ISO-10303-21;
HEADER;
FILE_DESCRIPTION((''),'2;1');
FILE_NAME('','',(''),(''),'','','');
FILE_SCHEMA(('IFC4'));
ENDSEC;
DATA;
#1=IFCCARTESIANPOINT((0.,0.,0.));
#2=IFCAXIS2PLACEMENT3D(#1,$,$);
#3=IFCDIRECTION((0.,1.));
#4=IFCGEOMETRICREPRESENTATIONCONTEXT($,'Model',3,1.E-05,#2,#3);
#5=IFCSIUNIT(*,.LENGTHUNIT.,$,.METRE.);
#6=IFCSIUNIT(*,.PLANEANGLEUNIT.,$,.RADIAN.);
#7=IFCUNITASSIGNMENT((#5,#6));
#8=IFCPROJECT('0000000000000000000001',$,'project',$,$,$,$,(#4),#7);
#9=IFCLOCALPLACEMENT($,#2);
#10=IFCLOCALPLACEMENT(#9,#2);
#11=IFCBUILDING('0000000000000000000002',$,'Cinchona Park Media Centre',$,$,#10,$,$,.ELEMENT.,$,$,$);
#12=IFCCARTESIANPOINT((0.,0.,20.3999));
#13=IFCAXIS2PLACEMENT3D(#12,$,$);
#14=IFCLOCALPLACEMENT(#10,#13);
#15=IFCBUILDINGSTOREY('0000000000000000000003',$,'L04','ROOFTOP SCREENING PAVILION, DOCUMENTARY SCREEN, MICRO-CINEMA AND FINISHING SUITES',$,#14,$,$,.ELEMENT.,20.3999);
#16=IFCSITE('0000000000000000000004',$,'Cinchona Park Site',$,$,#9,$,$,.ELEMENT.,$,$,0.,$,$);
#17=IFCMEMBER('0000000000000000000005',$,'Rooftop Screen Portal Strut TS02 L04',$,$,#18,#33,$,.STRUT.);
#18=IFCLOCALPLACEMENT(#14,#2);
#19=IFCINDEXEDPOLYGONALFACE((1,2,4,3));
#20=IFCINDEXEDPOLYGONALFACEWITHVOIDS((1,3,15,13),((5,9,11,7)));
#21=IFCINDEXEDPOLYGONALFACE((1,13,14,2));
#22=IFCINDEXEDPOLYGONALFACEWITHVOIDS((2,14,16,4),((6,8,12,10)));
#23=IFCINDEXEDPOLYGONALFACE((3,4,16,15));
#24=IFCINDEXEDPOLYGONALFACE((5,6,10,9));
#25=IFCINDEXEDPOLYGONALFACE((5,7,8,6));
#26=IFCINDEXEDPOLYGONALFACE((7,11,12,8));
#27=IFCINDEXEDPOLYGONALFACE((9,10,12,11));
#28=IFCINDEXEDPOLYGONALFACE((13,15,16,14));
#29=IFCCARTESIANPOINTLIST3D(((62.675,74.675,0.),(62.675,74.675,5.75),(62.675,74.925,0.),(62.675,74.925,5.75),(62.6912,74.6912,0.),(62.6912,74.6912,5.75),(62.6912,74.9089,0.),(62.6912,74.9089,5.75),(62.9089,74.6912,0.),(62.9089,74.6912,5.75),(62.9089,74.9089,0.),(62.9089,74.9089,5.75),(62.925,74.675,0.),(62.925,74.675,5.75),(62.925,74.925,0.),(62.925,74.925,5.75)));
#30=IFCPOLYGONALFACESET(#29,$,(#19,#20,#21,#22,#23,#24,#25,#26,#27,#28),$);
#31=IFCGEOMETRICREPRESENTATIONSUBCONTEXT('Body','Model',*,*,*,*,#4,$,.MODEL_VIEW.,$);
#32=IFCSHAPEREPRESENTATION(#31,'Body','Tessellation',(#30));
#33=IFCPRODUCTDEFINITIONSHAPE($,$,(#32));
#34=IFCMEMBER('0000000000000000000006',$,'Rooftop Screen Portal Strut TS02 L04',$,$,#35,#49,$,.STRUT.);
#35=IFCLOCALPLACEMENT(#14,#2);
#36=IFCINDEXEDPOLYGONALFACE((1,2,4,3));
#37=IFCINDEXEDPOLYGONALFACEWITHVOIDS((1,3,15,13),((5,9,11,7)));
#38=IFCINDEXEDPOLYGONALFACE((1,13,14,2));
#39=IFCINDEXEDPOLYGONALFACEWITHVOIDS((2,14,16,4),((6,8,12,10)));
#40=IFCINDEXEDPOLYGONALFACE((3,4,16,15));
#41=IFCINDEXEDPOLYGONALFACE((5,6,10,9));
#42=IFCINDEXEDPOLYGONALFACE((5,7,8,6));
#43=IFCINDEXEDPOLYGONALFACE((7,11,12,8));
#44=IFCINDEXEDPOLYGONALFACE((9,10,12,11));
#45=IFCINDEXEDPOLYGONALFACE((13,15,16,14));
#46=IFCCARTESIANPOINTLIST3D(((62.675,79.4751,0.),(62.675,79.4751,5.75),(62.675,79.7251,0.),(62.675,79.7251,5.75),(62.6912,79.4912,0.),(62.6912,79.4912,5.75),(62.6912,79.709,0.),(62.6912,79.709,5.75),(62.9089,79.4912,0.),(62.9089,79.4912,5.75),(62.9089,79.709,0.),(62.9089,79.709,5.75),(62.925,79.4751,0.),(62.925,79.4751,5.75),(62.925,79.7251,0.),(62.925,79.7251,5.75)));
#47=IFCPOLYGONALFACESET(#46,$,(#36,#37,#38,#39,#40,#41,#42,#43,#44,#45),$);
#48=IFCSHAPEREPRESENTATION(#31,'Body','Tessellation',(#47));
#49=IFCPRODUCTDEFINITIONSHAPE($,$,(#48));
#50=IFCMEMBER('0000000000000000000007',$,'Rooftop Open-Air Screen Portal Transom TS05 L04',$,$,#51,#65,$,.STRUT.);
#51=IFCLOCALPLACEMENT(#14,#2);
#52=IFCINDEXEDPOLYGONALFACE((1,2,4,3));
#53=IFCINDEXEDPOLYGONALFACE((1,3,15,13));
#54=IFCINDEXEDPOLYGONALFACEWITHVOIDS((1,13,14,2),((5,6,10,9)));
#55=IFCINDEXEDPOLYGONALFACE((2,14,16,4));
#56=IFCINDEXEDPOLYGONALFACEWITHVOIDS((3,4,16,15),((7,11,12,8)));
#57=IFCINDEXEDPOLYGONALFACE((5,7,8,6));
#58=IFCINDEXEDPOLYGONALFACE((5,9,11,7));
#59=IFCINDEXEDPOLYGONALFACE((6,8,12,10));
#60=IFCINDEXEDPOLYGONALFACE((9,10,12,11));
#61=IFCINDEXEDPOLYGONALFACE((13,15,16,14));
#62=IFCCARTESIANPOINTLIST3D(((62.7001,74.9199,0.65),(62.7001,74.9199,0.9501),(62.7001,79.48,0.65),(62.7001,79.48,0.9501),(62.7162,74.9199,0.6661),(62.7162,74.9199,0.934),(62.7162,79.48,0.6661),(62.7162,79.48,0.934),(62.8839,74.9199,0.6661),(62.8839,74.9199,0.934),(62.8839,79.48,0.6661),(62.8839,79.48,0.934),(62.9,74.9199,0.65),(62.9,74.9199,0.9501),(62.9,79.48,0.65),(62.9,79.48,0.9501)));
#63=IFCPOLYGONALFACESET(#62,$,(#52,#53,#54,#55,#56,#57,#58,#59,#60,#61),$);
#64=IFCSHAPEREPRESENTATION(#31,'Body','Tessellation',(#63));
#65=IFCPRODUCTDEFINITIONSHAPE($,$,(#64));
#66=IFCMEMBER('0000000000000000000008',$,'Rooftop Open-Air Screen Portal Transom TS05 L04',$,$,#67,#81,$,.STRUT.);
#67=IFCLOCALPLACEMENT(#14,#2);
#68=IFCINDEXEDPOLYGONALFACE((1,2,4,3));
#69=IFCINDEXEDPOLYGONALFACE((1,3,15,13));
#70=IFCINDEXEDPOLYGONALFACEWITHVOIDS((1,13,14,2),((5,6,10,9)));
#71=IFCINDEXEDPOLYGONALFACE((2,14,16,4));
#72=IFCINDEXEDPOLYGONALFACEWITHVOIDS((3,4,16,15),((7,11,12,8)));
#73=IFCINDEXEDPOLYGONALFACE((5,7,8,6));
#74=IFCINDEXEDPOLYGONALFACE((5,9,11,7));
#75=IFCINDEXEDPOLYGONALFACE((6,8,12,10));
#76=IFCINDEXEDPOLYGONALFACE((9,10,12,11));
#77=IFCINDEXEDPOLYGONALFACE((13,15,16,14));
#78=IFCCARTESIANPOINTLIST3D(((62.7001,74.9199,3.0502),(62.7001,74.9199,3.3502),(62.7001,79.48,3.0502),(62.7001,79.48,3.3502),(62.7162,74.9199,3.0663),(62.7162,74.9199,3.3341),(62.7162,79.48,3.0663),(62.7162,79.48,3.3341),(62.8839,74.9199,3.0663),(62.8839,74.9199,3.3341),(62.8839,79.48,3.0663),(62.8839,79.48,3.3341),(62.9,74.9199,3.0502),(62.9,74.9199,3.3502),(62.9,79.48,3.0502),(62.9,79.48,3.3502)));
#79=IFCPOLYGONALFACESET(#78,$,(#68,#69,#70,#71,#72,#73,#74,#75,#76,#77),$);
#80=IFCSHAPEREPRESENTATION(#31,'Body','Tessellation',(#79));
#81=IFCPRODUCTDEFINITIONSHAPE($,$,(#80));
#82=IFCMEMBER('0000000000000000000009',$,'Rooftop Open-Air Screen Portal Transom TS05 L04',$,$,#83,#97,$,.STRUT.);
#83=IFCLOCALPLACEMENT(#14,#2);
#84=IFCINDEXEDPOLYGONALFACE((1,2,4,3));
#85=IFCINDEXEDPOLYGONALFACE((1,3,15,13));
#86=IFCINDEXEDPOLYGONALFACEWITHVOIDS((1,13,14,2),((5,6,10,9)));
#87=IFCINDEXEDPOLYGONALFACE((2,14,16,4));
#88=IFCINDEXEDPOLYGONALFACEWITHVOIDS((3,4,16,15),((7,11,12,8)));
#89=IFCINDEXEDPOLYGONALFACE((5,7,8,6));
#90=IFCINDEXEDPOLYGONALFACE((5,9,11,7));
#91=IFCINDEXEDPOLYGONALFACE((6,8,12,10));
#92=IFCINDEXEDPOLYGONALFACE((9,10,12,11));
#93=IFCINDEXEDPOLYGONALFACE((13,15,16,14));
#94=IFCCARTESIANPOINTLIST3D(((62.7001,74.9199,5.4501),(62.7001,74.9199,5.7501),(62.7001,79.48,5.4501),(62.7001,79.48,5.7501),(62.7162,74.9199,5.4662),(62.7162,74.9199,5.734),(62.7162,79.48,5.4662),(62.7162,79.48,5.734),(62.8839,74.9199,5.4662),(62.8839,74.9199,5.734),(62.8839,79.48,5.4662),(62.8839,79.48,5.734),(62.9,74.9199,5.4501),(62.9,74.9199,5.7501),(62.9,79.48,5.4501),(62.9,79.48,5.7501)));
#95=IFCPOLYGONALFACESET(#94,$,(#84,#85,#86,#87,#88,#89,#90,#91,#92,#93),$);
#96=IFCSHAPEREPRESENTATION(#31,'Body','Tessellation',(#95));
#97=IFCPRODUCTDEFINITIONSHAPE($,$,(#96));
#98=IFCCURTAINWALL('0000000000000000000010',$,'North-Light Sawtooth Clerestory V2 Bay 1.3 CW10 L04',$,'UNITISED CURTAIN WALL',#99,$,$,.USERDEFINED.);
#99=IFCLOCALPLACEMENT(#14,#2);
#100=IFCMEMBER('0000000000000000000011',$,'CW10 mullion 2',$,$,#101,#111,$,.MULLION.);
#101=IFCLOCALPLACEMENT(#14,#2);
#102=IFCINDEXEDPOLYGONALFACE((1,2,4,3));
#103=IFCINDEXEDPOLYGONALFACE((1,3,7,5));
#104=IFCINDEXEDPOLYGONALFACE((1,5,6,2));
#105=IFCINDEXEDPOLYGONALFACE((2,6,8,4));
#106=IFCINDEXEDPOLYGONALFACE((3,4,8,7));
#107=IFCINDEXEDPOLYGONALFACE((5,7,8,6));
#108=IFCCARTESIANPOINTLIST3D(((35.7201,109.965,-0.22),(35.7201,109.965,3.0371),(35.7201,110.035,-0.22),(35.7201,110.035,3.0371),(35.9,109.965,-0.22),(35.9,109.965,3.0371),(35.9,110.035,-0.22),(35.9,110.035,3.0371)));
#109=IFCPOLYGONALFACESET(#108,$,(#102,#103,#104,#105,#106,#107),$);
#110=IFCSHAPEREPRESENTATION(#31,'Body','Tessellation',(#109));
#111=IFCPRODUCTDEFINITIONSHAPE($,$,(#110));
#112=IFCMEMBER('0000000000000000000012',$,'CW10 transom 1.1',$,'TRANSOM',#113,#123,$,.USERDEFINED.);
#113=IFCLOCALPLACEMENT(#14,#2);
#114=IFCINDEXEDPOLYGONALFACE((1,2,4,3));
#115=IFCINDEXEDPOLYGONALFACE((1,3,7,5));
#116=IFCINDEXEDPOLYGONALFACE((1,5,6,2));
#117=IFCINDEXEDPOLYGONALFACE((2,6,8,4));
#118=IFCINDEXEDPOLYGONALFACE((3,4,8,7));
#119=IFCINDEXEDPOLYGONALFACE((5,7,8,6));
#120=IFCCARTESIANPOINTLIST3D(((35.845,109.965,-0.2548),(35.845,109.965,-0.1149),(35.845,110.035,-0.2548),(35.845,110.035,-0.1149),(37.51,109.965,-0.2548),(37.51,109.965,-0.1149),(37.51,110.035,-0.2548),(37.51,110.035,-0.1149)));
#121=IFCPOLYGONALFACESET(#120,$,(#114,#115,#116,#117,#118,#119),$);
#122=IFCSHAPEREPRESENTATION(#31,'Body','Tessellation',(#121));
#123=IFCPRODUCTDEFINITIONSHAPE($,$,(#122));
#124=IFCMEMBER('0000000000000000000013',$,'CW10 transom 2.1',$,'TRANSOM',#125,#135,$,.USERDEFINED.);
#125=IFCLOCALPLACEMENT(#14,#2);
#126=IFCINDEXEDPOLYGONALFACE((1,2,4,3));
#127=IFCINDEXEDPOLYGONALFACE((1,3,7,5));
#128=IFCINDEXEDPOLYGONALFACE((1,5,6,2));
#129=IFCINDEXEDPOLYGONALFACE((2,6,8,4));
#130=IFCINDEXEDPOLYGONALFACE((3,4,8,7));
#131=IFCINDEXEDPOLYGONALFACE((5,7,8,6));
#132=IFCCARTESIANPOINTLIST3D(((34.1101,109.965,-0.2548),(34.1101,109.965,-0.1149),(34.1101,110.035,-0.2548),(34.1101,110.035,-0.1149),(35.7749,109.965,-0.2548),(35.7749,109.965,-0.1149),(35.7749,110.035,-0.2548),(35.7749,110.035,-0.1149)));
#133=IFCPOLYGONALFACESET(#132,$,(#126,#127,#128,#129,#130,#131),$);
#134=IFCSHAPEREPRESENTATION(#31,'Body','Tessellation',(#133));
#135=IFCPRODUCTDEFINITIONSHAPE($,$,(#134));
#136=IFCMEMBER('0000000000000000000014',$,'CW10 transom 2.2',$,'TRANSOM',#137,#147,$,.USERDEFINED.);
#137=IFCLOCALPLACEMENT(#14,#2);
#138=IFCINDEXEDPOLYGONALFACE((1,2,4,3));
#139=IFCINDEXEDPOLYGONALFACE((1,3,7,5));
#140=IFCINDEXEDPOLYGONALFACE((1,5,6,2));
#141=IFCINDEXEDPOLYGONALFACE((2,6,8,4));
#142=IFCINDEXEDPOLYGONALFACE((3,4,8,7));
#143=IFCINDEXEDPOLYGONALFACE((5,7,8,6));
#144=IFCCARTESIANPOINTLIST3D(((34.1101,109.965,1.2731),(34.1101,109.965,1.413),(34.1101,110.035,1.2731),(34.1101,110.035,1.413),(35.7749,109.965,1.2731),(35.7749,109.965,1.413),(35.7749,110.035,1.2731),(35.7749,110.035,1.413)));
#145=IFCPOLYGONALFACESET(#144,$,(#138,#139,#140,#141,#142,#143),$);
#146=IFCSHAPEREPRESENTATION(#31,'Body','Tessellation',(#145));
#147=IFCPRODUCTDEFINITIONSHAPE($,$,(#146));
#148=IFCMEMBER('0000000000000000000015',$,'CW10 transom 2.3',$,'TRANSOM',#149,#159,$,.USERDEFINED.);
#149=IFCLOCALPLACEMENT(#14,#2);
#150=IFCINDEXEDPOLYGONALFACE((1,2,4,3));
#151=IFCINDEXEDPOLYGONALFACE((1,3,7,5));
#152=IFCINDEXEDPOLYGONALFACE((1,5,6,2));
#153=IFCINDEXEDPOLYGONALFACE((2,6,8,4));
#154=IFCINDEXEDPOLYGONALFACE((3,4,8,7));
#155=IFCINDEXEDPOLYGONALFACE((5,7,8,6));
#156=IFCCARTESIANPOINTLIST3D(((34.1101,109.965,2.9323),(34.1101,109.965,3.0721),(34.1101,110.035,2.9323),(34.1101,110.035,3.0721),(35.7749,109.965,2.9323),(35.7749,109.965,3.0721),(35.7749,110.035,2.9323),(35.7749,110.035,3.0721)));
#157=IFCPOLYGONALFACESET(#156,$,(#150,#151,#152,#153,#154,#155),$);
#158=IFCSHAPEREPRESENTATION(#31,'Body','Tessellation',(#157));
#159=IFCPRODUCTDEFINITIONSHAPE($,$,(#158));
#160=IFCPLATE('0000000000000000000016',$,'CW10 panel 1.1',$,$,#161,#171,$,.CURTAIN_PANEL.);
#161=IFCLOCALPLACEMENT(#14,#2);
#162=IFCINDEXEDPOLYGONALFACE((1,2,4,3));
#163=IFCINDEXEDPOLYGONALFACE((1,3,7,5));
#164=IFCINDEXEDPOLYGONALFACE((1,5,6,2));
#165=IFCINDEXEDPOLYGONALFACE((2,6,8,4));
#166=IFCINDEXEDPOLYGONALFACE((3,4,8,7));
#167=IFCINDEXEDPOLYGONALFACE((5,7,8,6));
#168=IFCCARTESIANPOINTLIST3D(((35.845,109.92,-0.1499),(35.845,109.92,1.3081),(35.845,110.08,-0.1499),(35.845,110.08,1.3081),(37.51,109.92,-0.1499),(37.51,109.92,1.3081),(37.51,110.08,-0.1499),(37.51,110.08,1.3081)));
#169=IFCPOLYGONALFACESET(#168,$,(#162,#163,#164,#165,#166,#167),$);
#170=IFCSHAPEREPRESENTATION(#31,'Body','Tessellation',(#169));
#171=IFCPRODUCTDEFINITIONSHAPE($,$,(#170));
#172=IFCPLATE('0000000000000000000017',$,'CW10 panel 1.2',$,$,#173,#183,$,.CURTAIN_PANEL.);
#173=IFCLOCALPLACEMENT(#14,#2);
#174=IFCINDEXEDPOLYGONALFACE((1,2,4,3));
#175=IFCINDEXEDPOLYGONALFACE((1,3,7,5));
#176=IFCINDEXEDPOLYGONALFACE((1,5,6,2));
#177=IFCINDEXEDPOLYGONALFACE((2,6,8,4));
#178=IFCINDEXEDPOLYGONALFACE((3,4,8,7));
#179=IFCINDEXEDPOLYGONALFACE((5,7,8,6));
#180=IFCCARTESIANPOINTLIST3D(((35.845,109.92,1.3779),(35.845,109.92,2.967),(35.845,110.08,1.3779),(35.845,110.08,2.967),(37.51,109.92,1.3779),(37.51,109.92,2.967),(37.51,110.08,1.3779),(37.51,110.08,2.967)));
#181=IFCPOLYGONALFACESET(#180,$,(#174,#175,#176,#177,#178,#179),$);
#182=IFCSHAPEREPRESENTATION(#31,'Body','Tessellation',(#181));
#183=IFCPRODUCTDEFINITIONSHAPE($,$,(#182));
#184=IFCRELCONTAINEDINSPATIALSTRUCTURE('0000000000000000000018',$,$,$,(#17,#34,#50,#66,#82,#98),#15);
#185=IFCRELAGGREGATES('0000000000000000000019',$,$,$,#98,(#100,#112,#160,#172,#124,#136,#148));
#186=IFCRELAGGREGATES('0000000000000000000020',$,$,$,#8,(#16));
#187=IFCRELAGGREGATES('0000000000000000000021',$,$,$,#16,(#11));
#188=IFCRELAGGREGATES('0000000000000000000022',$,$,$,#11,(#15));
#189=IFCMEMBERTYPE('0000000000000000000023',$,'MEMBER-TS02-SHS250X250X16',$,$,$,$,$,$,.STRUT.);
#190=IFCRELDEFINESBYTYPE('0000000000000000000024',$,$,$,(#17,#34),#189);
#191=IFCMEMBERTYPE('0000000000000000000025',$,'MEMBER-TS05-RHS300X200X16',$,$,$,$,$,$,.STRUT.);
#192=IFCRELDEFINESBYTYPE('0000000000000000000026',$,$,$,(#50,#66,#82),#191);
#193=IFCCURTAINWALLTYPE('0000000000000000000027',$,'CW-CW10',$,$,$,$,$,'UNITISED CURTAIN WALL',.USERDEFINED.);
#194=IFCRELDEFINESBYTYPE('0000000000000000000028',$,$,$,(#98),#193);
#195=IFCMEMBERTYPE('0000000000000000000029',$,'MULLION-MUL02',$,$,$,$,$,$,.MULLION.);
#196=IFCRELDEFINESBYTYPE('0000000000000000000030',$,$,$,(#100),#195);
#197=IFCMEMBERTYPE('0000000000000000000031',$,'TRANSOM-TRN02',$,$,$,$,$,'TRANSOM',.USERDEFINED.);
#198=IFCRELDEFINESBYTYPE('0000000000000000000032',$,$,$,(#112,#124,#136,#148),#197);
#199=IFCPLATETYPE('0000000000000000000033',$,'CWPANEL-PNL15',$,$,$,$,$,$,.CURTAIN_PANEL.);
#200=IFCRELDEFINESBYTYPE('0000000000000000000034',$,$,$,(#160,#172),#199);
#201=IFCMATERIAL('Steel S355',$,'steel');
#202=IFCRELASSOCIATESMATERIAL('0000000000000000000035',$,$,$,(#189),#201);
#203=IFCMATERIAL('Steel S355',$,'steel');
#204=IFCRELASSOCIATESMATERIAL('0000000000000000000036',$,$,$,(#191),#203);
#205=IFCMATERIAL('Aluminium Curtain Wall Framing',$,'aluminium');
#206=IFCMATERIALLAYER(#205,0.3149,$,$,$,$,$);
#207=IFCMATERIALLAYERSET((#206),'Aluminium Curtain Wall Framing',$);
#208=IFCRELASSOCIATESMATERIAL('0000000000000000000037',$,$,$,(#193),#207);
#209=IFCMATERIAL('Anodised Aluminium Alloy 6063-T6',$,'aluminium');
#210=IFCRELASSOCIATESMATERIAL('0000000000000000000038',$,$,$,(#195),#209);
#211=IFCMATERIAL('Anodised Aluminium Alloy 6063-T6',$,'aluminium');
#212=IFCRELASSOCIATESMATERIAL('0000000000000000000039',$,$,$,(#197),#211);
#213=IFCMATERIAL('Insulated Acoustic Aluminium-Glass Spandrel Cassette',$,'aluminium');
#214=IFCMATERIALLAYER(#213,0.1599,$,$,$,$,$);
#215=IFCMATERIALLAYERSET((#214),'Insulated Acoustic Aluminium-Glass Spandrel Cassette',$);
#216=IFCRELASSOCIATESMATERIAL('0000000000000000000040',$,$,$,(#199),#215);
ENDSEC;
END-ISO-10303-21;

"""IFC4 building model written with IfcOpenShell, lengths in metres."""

from ifc_helpers import new_model, si_unit, direction, frame, origin, origin_2d, place, context, subcontext, project, spatial, rectangle, hollow_rectangle, extrude, material, layer, layer_set, material_profile, profile_set, type_object, element, aggregate, save


model = new_model("IFC4")

# Units and contexts
model_context = context("Model", 3, precision=1e-05, world=origin(), true_north=direction((0.0, 1.0)))
body_context = subcontext(model_context, "Body", "Model", "MODEL_VIEW")
ifc_project = project(units=[si_unit("LENGTHUNIT", "METRE"), si_unit("PLANEANGLEUNIT", "RADIAN")], contexts=[model_context])

# Site, building, storey
site_placement = place(None, origin())
site = spatial("IfcSite", under=ifc_project, at=site_placement, Name="Cinchona Park Site", CompositionType="ELEMENT", RefElevation=0.0)
building_placement = place(site_placement, origin())
building = spatial("IfcBuilding", under=site, at=building_placement, Name="Cinchona Park Media Centre", CompositionType="ELEMENT")
storey_placement = place(building_placement, frame((0.0, 0.0, 20.3999)))
storey = spatial("IfcBuildingStorey", under=building, at=storey_placement, Name="L04", Description="ROOFTOP SCREENING PAVILION, DOCUMENTARY SCREEN, MICRO-CINEMA AND FINISHING SUITES", CompositionType="ELEMENT", Elevation=20.3999)

# Members
ifc_material_1 = material(Name="Steel S355", Category="steel")
ifc_material_profile_1 = material_profile(ifc_material_1, hollow_rectangle(XDim=0.25, YDim=0.25, WallThickness=0.0161, at=origin_2d()), Name="250X250X16SHS")
ifc_profile_set_1 = profile_set([ifc_material_profile_1], Name="Steel S355")
member_type_1 = type_object("IfcMemberType", Name="MEMBER-TS02-SHS250X250X16", PredefinedType="STRUT", material=ifc_profile_set_1)
for number, where, z_axis, x_axis, name in (
    (1, (62.8, 74.8, 0.0), (0.0, 0.0, 1.0), (1.0, 0.0, 0.0), "Rooftop Screen Portal Strut TS02 L04"),
    (2, (62.8, 79.6001, 0.0), (0.0, 0.0, 1.0), (1.0, 0.0, 0.0), "Rooftop Screen Portal Strut TS02 L04"),
):
    element("IfcMember", number, at=place(storey_placement, frame(where, z_axis=z_axis, x_axis=x_axis)), inside=storey, type_object=member_type_1, Name=name, PredefinedType="STRUT", context=body_context, shape_type="SweptSolid", body=[
        extrude(hollow_rectangle(XDim=0.25, YDim=0.25, WallThickness=0.0161, at=origin_2d()), origin(), (0.0, 0.0, 1.0), 5.75),
    ])
ifc_material_2 = material(Name="Steel S355", Category="steel")
ifc_material_profile_2 = material_profile(ifc_material_2, hollow_rectangle(XDim=0.2, YDim=0.3, WallThickness=0.0161, at=origin_2d()), Name="300X200X16RHS")
ifc_profile_set_2 = profile_set([ifc_material_profile_2], Name="Steel S355")
member_type_2 = type_object("IfcMemberType", Name="MEMBER-TS05-RHS300X200X16", PredefinedType="STRUT", material=ifc_profile_set_2)
for number, where, z_axis, x_axis, name in (
    (3, (62.8, 74.9199, 0.8), (0.0, 1.0, 0.0), (-1.0, 0.0, 0.0), "Rooftop Open-Air Screen Portal Transom TS05 L04"),
    (4, (62.8, 74.9199, 3.2002), (0.0, 1.0, 0.0), (-1.0, 0.0, 0.0), "Rooftop Open-Air Screen Portal Transom TS05 L04"),
    (5, (62.8, 74.9199, 5.6001), (0.0, 1.0, 0.0), (-1.0, 0.0, 0.0), "Rooftop Open-Air Screen Portal Transom TS05 L04"),
):
    element("IfcMember", number, at=place(storey_placement, frame(where, z_axis=z_axis, x_axis=x_axis)), inside=storey, type_object=member_type_2, Name=name, PredefinedType="STRUT", context=body_context, shape_type="SweptSolid", body=[
        extrude(hollow_rectangle(XDim=0.2, YDim=0.3, WallThickness=0.0161, at=origin_2d()), origin(), (0.0, 0.0, 1.0), 4.5601),
    ])

# Curtain wall, members, plates
ifc_material_3 = material(Name="Aluminium Curtain Wall Framing", Category="aluminium")
ifc_layer_1 = layer(ifc_material_3, 0.3149)
ifc_layer_set_1 = layer_set([ifc_layer_1], Name="Aluminium Curtain Wall Framing")
curtain_wall_type = type_object("IfcCurtainWallType", Name="CW-CW10", ElementType="UNITISED CURTAIN WALL", PredefinedType="USERDEFINED", material=ifc_layer_set_1)
curtain_wall_placement = place(storey_placement, origin())
curtain_wall = element("IfcCurtainWall", 6, at=curtain_wall_placement, inside=storey, type_object=curtain_wall_type, Name="North-Light Sawtooth Clerestory V2 Bay 1.3 CW10 L04", ObjectType="UNITISED CURTAIN WALL", PredefinedType="USERDEFINED")
ifc_material_4 = material(Name="Anodised Aluminium Alloy 6063-T6", Category="aluminium")
ifc_material_profile_3 = material_profile(ifc_material_4, rectangle(XDim=0.0701, YDim=0.1799, at=origin_2d()), Name="MUL-70X180")
ifc_profile_set_3 = profile_set([ifc_material_profile_3], Name="Anodised Aluminium Alloy 6063-T6")
member_type_3 = type_object("IfcMemberType", Name="MULLION-MUL02", PredefinedType="MULLION", material=ifc_profile_set_3)
member_1_placement = place(storey_placement, frame((35.8101, 110.0, -0.22), z_axis=(0.0, 0.0, 1.0), x_axis=(0.0, -1.0, 0.0)))
member_1 = element("IfcMember", 7, at=member_1_placement, type_object=member_type_3, Name="CW10 mullion 2", PredefinedType="MULLION", context=body_context, shape_type="SweptSolid", body=[
    extrude(rectangle(XDim=0.0701, YDim=0.1799, at=origin_2d()), origin(), (0.0, 0.0, 1.0), 3.2571),
])
ifc_material_5 = material(Name="Anodised Aluminium Alloy 6063-T6", Category="aluminium")
ifc_material_profile_4 = material_profile(ifc_material_5, rectangle(XDim=0.0701, YDim=0.1399, at=origin_2d()), Name="TRN-70X140")
ifc_profile_set_4 = profile_set([ifc_material_profile_4], Name="Anodised Aluminium Alloy 6063-T6")
member_type_4 = type_object("IfcMemberType", Name="TRANSOM-TRN02", ElementType="TRANSOM", PredefinedType="USERDEFINED", material=ifc_profile_set_4)
member_2_placement = place(storey_placement, frame((37.51, 110.0, -0.1848), z_axis=(-1.0, 0.0, 0.0), x_axis=(0.0, -1.0, 0.0)))
member_2 = element("IfcMember", 8, at=member_2_placement, type_object=member_type_4, Name="CW10 transom 1.1", ObjectType="TRANSOM", PredefinedType="USERDEFINED", context=body_context, shape_type="SweptSolid", body=[
    extrude(rectangle(XDim=0.0701, YDim=0.1399, at=origin_2d()), origin(), (0.0, 0.0, 1.0), 1.665),
])
member_3_placement = place(storey_placement, frame((35.7749, 110.0, -0.1848), z_axis=(-1.0, 0.0, 0.0), x_axis=(0.0, -1.0, 0.0)))
member_3 = element("IfcMember", 9, at=member_3_placement, type_object=member_type_4, Name="CW10 transom 2.1", ObjectType="TRANSOM", PredefinedType="USERDEFINED", context=body_context, shape_type="SweptSolid", body=[
    extrude(rectangle(XDim=0.0701, YDim=0.1399, at=origin_2d()), origin(), (0.0, 0.0, 1.0), 1.6648),
])
member_4_placement = place(storey_placement, frame((35.7749, 110.0, 1.343), z_axis=(-1.0, 0.0, 0.0), x_axis=(0.0, -1.0, 0.0)))
member_4 = element("IfcMember", 10, at=member_4_placement, type_object=member_type_4, Name="CW10 transom 2.2", ObjectType="TRANSOM", PredefinedType="USERDEFINED", context=body_context, shape_type="SweptSolid", body=[
    extrude(rectangle(XDim=0.0701, YDim=0.1399, at=origin_2d()), origin(), (0.0, 0.0, 1.0), 1.6648),
])
member_5_placement = place(storey_placement, frame((35.7749, 110.0, 3.0022), z_axis=(-1.0, 0.0, 0.0), x_axis=(0.0, -1.0, 0.0)))
member_5 = element("IfcMember", 11, at=member_5_placement, type_object=member_type_4, Name="CW10 transom 2.3", ObjectType="TRANSOM", PredefinedType="USERDEFINED", context=body_context, shape_type="SweptSolid", body=[
    extrude(rectangle(XDim=0.0701, YDim=0.1399, at=origin_2d()), origin(), (0.0, 0.0, 1.0), 1.6648),
])
ifc_material_6 = material(Name="Insulated Acoustic Aluminium-Glass Spandrel Cassette", Category="aluminium")
ifc_layer_2 = layer(ifc_material_6, 0.1599)
ifc_layer_set_2 = layer_set([ifc_layer_2], Name="Insulated Acoustic Aluminium-Glass Spandrel Cassette")
plate_type_1 = type_object("IfcPlateType", Name="CWPANEL-PNL15", PredefinedType="CURTAIN_PANEL", material=ifc_layer_set_2)
plate_1_placement = place(storey_placement, frame((36.6775, 110.0, -0.1499), z_axis=(0.0, 0.0, 1.0), x_axis=(-1.0, 0.0, 0.0)))
plate_1 = element("IfcPlate", 12, at=plate_1_placement, type_object=plate_type_1, Name="CW10 panel 1.1", PredefinedType="CURTAIN_PANEL", context=body_context, shape_type="SweptSolid", body=[
    extrude(rectangle(XDim=1.665, YDim=0.1599, at=origin_2d()), origin(), (0.0, 0.0, 1.0), 1.458),
])
plate_2_placement = place(storey_placement, frame((36.6775, 110.0, 1.3779), z_axis=(0.0, 0.0, 1.0), x_axis=(-1.0, 0.0, 0.0)))
plate_2 = element("IfcPlate", 13, at=plate_2_placement, type_object=plate_type_1, Name="CW10 panel 1.2", PredefinedType="CURTAIN_PANEL", context=body_context, shape_type="SweptSolid", body=[
    extrude(rectangle(XDim=1.665, YDim=0.1599, at=origin_2d()), origin(), (0.0, 0.0, 1.0), 1.5891),
])
aggregate(curtain_wall, [member_1, member_2, plate_1, plate_2, member_3, member_4, member_5])

save(model, "model.ifc")
